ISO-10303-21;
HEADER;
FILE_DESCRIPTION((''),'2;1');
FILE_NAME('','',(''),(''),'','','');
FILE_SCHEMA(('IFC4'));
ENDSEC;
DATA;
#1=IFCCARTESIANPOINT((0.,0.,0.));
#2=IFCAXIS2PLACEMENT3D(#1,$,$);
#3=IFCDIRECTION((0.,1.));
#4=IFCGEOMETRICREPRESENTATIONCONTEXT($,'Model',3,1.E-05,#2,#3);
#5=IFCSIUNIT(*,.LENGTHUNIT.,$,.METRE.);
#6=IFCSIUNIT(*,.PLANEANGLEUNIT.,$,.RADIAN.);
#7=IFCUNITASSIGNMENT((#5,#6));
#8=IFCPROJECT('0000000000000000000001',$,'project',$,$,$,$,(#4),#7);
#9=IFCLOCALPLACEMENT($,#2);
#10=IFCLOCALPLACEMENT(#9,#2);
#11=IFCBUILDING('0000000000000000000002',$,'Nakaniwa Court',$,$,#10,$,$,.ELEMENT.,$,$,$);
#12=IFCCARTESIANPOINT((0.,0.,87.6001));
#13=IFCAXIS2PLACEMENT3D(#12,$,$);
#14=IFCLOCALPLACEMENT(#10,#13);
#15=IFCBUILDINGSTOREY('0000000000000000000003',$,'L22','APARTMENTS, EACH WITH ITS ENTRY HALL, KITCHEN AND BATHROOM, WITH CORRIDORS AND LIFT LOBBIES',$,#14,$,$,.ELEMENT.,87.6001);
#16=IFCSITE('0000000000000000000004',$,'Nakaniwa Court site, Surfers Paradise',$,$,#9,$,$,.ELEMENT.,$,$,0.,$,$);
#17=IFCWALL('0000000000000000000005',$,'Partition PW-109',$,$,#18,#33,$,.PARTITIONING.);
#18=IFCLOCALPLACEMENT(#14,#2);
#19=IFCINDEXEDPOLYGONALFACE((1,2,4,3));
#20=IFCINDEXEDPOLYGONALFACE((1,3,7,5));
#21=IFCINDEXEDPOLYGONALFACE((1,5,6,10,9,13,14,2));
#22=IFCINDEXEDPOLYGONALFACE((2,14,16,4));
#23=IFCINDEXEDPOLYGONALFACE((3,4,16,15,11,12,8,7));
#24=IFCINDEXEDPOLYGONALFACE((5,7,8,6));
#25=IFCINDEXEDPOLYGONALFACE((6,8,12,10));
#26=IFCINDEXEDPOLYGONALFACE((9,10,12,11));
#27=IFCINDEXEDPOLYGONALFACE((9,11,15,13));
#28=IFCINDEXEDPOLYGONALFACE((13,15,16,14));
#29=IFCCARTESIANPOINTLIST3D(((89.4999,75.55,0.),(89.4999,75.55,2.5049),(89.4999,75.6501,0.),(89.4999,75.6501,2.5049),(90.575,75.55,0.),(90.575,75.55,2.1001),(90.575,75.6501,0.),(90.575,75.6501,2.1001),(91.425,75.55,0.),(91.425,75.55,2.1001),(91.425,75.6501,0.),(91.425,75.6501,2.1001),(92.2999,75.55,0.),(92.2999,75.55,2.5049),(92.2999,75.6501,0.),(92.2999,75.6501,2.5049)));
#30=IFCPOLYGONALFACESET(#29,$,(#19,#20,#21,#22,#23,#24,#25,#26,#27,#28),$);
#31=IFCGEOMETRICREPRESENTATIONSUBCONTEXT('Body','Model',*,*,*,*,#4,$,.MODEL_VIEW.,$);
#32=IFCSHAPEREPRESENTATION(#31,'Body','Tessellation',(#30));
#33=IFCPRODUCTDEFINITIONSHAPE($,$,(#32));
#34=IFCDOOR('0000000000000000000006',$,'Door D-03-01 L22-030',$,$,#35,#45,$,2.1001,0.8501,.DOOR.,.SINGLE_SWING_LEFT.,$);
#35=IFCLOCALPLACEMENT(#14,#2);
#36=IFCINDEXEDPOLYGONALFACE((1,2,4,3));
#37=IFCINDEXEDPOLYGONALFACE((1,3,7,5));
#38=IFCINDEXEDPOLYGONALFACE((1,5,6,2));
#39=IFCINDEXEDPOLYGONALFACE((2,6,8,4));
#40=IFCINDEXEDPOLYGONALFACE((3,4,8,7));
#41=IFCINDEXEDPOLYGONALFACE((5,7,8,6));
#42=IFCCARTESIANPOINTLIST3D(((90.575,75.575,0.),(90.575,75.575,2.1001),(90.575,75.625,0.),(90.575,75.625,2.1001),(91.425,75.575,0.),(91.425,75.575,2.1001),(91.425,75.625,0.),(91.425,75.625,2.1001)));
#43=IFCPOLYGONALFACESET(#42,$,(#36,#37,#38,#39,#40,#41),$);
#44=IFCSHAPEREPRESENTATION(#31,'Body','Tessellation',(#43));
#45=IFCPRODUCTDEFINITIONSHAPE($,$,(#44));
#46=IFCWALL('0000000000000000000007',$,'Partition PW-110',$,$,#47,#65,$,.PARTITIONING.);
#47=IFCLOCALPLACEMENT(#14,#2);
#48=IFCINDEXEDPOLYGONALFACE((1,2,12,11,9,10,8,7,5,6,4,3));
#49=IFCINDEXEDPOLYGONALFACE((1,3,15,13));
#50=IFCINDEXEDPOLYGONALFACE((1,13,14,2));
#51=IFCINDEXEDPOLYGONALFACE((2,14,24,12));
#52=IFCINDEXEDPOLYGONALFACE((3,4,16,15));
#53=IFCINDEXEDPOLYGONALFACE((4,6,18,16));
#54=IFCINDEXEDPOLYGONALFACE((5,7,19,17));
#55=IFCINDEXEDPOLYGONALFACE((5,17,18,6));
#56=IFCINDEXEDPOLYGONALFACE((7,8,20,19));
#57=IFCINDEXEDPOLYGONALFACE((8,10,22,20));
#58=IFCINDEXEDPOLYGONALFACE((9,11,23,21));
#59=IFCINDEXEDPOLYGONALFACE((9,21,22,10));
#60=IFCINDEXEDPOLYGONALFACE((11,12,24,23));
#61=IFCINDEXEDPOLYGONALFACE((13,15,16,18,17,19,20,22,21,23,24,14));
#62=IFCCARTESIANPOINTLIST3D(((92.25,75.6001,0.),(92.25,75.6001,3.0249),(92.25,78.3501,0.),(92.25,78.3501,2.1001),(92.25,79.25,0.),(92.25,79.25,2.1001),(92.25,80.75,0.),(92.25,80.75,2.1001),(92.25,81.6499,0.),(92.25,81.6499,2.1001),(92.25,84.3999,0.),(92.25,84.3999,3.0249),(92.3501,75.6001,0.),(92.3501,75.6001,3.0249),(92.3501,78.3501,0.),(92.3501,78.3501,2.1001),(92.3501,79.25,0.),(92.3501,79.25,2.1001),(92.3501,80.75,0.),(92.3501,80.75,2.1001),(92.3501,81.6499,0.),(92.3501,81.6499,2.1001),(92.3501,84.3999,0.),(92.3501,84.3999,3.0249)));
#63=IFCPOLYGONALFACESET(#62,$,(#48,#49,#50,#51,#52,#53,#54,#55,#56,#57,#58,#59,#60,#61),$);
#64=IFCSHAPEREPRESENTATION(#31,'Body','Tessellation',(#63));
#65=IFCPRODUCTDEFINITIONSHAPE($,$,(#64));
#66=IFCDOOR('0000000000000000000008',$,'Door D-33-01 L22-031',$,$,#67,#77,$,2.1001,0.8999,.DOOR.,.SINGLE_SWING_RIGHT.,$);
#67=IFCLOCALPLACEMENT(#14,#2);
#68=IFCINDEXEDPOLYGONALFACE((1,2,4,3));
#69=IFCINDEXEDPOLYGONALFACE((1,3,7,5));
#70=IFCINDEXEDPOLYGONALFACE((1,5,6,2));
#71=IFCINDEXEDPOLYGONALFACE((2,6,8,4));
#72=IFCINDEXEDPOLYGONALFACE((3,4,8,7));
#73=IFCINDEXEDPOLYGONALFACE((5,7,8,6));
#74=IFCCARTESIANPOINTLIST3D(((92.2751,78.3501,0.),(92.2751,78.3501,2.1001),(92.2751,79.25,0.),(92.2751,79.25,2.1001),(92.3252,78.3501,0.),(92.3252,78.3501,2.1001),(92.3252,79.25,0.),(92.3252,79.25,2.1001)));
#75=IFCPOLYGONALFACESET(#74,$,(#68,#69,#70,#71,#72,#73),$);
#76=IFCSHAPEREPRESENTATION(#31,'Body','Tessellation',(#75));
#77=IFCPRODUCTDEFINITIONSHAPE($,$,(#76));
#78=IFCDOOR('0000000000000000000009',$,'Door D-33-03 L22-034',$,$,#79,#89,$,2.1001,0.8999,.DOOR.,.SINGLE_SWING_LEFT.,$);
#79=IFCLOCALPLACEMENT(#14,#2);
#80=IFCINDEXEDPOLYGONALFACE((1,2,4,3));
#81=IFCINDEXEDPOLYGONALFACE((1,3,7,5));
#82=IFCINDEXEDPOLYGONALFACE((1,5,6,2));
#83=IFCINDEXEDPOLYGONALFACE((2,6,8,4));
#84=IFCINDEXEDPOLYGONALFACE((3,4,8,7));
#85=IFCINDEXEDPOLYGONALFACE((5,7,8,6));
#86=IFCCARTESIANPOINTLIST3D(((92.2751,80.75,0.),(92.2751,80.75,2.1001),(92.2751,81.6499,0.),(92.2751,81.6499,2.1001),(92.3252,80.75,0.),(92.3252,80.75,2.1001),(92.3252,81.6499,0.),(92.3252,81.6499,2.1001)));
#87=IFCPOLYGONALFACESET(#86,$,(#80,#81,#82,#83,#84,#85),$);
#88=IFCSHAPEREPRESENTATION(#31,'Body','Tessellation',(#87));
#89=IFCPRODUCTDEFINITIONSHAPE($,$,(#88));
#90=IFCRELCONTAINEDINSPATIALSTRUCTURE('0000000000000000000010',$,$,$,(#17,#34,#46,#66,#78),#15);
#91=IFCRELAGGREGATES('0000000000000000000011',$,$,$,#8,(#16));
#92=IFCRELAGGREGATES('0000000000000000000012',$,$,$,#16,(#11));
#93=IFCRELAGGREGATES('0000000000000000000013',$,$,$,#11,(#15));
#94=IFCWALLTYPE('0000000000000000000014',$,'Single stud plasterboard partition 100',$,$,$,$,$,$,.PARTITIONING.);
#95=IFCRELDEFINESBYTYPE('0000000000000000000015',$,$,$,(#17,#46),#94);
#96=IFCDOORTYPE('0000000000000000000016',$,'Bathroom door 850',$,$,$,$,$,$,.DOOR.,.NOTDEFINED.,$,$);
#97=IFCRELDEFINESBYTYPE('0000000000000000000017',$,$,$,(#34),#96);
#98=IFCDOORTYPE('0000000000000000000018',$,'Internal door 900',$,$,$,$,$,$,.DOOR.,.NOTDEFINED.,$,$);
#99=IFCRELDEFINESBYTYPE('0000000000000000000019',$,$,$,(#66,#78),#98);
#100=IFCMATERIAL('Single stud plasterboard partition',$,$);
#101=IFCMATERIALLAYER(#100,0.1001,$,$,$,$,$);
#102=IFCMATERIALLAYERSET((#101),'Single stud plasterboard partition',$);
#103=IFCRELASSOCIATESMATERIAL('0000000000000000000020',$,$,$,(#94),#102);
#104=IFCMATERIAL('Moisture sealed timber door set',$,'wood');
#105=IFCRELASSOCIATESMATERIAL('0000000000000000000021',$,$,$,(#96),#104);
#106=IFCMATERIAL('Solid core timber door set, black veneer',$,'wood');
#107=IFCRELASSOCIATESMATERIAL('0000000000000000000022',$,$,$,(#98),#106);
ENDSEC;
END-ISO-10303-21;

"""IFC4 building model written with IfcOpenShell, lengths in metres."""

from ifc_helpers import new_model, si_unit, direction, frame, frame_2d, origin, place, context, subcontext, project, spatial, rectangle, extrude, material, layer, layer_set, type_object, element, fill, save


model = new_model("IFC4")

# Units and contexts
model_context = context("Model", 3, precision=1e-05, world=origin(), true_north=direction((0.0, 1.0)))
body_context = subcontext(model_context, "Body", "Model", "MODEL_VIEW")
ifc_project = project(units=[si_unit("LENGTHUNIT", "METRE"), si_unit("PLANEANGLEUNIT", "RADIAN")], contexts=[model_context])

# Site, building, storey
site_placement = place(None, origin())
site = spatial("IfcSite", under=ifc_project, at=site_placement, Name="Nakaniwa Court site, Surfers Paradise", CompositionType="ELEMENT", RefElevation=0.0)
building_placement = place(site_placement, origin())
building = spatial("IfcBuilding", under=site, at=building_placement, Name="Nakaniwa Court", CompositionType="ELEMENT")
storey_placement = place(building_placement, frame((0.0, 0.0, 87.6001)))
storey = spatial("IfcBuildingStorey", under=building, at=storey_placement, Name="L22", Description="APARTMENTS, EACH WITH ITS ENTRY HALL, KITCHEN AND BATHROOM, WITH CORRIDORS AND LIFT LOBBIES", CompositionType="ELEMENT", Elevation=87.6001)

# Shared definitions
ifc_material_1 = material(Name="Solid core timber door set, black veneer", Category="wood")

# Shared definitions
ifc_material_2 = material(Name="Single stud plasterboard partition")
ifc_layer_1 = layer(ifc_material_2, 0.1001)
ifc_layer_set_1 = layer_set([ifc_layer_1], Name="Single stud plasterboard partition")
wall_type_1 = type_object("IfcWallType", Name="Single stud plasterboard partition 100", PredefinedType="PARTITIONING", material=ifc_layer_set_1)

# Wall, opening, door
wall_1_placement = place(storey_placement, frame((89.5, 75.6001, 0.0), z_axis=(0.0, 0.0, 1.0), x_axis=(1.0, 0.0, 0.0)))
wall_1 = element("IfcWall", 1, at=wall_1_placement, inside=storey, type_object=wall_type_1, Name="Partition PW-109", PredefinedType="PARTITIONING", context=body_context, shape_type="SweptSolid", body=[
    extrude(rectangle(XDim=2.8, YDim=0.1001, at=frame_2d((1.3999, 0.0))), origin(), (0.0, 0.0, 1.0), 2.5049),
])
opening_1_placement = place(wall_1_placement, frame((1.075, 0.0, 0.0)))
opening_1 = element("IfcOpeningElement", 2, at=opening_1_placement, cuts=wall_1, PredefinedType="OPENING", context=body_context, shape_type="SweptSolid", body=[
    extrude(rectangle(XDim=0.8501, YDim=2.1001, at=frame_2d((0.425, 1.05))), frame((0.0, 0.0601, 0.0), z_axis=(0.0, -1.0, 0.0), x_axis=(1.0, 0.0, 0.0)), (0.0, 0.0, 1.0), 0.1201),
])
ifc_material_3 = material(Name="Moisture sealed timber door set", Category="wood")
door_type_1 = type_object("IfcDoorType", Name="Bathroom door 850", OperationType="NOTDEFINED", PredefinedType="DOOR", material=ifc_material_3)
door_1_placement = place(opening_1_placement, origin())
door_1 = element("IfcDoor", 3, at=door_1_placement, inside=storey, type_object=door_type_1, Name="Door D-03-01 L22-030", OperationType="SINGLE_SWING_LEFT", OverallHeight=2.1001, OverallWidth=0.8501, PredefinedType="DOOR", context=body_context, shape_type="SweptSolid", body=[
    extrude(rectangle(XDim=0.8501, YDim=2.1001, at=frame_2d((0.425, 1.05))), frame((0.0, 0.0249, 0.0), z_axis=(0.0, -1.0, 0.0), x_axis=(1.0, 0.0, 0.0)), (0.0, 0.0, 1.0), 0.05),
])
fill(opening_1, door_1)

# Wall, openings, doors
wall_2_placement = place(storey_placement, frame((92.3, 75.6001, 0.0), z_axis=(0.0, 0.0, 1.0), x_axis=(0.0, 1.0, 0.0)))
wall_2 = element("IfcWall", 4, at=wall_2_placement, inside=storey, type_object=wall_type_1, Name="Partition PW-110", PredefinedType="PARTITIONING", context=body_context, shape_type="SweptSolid", body=[
    extrude(rectangle(XDim=8.7998, YDim=0.1001, at=frame_2d((4.3999, 0.0))), origin(), (0.0, 0.0, 1.0), 3.0249),
])
opening_2_placement = place(wall_2_placement, frame((2.75, 0.0, 0.0)))
opening_2 = element("IfcOpeningElement", 5, at=opening_2_placement, cuts=wall_2, PredefinedType="OPENING", context=body_context, shape_type="SweptSolid", body=[
    extrude(rectangle(XDim=0.8999, YDim=2.1001, at=frame_2d((0.45, 1.05))), frame((0.0, 0.0601, 0.0), z_axis=(0.0, -1.0, 0.0), x_axis=(1.0, 0.0, 0.0)), (0.0, 0.0, 1.0), 0.1201),
])
opening_3_placement = place(wall_2_placement, frame((5.1499, 0.0, 0.0)))
opening_3 = element("IfcOpeningElement", 6, at=opening_3_placement, cuts=wall_2, PredefinedType="OPENING", context=body_context, shape_type="SweptSolid", body=[
    extrude(rectangle(XDim=0.8999, YDim=2.1001, at=frame_2d((0.45, 1.05))), frame((0.0, 0.0601, 0.0), z_axis=(0.0, -1.0, 0.0), x_axis=(1.0, 0.0, 0.0)), (0.0, 0.0, 1.0), 0.1201),
])
door_type_2 = type_object("IfcDoorType", Name="Internal door 900", OperationType="NOTDEFINED", PredefinedType="DOOR", material=ifc_material_1)
door_2_placement = place(opening_2_placement, origin())
door_2 = element("IfcDoor", 7, at=door_2_placement, inside=storey, type_object=door_type_2, Name="Door D-33-01 L22-031", OperationType="SINGLE_SWING_RIGHT", OverallHeight=2.1001, OverallWidth=0.8999, PredefinedType="DOOR", context=body_context, shape_type="SweptSolid", body=[
    extrude(rectangle(XDim=0.8999, YDim=2.1001, at=frame_2d((0.45, 1.05))), frame((0.0, 0.0249, 0.0), z_axis=(0.0, -1.0, 0.0), x_axis=(1.0, 0.0, 0.0)), (0.0, 0.0, 1.0), 0.05),
])
fill(opening_2, door_2)
door_3_placement = place(opening_3_placement, origin())
door_3 = element("IfcDoor", 8, at=door_3_placement, inside=storey, type_object=door_type_2, Name="Door D-33-03 L22-034", OperationType="SINGLE_SWING_LEFT", OverallHeight=2.1001, OverallWidth=0.8999, PredefinedType="DOOR", context=body_context, shape_type="SweptSolid", body=[
    extrude(rectangle(XDim=0.8999, YDim=2.1001, at=frame_2d((0.45, 1.05))), frame((0.0, 0.0249, 0.0), z_axis=(0.0, -1.0, 0.0), x_axis=(1.0, 0.0, 0.0)), (0.0, 0.0, 1.0), 0.05),
])
fill(opening_3, door_3)

save(model, "model.ifc")
